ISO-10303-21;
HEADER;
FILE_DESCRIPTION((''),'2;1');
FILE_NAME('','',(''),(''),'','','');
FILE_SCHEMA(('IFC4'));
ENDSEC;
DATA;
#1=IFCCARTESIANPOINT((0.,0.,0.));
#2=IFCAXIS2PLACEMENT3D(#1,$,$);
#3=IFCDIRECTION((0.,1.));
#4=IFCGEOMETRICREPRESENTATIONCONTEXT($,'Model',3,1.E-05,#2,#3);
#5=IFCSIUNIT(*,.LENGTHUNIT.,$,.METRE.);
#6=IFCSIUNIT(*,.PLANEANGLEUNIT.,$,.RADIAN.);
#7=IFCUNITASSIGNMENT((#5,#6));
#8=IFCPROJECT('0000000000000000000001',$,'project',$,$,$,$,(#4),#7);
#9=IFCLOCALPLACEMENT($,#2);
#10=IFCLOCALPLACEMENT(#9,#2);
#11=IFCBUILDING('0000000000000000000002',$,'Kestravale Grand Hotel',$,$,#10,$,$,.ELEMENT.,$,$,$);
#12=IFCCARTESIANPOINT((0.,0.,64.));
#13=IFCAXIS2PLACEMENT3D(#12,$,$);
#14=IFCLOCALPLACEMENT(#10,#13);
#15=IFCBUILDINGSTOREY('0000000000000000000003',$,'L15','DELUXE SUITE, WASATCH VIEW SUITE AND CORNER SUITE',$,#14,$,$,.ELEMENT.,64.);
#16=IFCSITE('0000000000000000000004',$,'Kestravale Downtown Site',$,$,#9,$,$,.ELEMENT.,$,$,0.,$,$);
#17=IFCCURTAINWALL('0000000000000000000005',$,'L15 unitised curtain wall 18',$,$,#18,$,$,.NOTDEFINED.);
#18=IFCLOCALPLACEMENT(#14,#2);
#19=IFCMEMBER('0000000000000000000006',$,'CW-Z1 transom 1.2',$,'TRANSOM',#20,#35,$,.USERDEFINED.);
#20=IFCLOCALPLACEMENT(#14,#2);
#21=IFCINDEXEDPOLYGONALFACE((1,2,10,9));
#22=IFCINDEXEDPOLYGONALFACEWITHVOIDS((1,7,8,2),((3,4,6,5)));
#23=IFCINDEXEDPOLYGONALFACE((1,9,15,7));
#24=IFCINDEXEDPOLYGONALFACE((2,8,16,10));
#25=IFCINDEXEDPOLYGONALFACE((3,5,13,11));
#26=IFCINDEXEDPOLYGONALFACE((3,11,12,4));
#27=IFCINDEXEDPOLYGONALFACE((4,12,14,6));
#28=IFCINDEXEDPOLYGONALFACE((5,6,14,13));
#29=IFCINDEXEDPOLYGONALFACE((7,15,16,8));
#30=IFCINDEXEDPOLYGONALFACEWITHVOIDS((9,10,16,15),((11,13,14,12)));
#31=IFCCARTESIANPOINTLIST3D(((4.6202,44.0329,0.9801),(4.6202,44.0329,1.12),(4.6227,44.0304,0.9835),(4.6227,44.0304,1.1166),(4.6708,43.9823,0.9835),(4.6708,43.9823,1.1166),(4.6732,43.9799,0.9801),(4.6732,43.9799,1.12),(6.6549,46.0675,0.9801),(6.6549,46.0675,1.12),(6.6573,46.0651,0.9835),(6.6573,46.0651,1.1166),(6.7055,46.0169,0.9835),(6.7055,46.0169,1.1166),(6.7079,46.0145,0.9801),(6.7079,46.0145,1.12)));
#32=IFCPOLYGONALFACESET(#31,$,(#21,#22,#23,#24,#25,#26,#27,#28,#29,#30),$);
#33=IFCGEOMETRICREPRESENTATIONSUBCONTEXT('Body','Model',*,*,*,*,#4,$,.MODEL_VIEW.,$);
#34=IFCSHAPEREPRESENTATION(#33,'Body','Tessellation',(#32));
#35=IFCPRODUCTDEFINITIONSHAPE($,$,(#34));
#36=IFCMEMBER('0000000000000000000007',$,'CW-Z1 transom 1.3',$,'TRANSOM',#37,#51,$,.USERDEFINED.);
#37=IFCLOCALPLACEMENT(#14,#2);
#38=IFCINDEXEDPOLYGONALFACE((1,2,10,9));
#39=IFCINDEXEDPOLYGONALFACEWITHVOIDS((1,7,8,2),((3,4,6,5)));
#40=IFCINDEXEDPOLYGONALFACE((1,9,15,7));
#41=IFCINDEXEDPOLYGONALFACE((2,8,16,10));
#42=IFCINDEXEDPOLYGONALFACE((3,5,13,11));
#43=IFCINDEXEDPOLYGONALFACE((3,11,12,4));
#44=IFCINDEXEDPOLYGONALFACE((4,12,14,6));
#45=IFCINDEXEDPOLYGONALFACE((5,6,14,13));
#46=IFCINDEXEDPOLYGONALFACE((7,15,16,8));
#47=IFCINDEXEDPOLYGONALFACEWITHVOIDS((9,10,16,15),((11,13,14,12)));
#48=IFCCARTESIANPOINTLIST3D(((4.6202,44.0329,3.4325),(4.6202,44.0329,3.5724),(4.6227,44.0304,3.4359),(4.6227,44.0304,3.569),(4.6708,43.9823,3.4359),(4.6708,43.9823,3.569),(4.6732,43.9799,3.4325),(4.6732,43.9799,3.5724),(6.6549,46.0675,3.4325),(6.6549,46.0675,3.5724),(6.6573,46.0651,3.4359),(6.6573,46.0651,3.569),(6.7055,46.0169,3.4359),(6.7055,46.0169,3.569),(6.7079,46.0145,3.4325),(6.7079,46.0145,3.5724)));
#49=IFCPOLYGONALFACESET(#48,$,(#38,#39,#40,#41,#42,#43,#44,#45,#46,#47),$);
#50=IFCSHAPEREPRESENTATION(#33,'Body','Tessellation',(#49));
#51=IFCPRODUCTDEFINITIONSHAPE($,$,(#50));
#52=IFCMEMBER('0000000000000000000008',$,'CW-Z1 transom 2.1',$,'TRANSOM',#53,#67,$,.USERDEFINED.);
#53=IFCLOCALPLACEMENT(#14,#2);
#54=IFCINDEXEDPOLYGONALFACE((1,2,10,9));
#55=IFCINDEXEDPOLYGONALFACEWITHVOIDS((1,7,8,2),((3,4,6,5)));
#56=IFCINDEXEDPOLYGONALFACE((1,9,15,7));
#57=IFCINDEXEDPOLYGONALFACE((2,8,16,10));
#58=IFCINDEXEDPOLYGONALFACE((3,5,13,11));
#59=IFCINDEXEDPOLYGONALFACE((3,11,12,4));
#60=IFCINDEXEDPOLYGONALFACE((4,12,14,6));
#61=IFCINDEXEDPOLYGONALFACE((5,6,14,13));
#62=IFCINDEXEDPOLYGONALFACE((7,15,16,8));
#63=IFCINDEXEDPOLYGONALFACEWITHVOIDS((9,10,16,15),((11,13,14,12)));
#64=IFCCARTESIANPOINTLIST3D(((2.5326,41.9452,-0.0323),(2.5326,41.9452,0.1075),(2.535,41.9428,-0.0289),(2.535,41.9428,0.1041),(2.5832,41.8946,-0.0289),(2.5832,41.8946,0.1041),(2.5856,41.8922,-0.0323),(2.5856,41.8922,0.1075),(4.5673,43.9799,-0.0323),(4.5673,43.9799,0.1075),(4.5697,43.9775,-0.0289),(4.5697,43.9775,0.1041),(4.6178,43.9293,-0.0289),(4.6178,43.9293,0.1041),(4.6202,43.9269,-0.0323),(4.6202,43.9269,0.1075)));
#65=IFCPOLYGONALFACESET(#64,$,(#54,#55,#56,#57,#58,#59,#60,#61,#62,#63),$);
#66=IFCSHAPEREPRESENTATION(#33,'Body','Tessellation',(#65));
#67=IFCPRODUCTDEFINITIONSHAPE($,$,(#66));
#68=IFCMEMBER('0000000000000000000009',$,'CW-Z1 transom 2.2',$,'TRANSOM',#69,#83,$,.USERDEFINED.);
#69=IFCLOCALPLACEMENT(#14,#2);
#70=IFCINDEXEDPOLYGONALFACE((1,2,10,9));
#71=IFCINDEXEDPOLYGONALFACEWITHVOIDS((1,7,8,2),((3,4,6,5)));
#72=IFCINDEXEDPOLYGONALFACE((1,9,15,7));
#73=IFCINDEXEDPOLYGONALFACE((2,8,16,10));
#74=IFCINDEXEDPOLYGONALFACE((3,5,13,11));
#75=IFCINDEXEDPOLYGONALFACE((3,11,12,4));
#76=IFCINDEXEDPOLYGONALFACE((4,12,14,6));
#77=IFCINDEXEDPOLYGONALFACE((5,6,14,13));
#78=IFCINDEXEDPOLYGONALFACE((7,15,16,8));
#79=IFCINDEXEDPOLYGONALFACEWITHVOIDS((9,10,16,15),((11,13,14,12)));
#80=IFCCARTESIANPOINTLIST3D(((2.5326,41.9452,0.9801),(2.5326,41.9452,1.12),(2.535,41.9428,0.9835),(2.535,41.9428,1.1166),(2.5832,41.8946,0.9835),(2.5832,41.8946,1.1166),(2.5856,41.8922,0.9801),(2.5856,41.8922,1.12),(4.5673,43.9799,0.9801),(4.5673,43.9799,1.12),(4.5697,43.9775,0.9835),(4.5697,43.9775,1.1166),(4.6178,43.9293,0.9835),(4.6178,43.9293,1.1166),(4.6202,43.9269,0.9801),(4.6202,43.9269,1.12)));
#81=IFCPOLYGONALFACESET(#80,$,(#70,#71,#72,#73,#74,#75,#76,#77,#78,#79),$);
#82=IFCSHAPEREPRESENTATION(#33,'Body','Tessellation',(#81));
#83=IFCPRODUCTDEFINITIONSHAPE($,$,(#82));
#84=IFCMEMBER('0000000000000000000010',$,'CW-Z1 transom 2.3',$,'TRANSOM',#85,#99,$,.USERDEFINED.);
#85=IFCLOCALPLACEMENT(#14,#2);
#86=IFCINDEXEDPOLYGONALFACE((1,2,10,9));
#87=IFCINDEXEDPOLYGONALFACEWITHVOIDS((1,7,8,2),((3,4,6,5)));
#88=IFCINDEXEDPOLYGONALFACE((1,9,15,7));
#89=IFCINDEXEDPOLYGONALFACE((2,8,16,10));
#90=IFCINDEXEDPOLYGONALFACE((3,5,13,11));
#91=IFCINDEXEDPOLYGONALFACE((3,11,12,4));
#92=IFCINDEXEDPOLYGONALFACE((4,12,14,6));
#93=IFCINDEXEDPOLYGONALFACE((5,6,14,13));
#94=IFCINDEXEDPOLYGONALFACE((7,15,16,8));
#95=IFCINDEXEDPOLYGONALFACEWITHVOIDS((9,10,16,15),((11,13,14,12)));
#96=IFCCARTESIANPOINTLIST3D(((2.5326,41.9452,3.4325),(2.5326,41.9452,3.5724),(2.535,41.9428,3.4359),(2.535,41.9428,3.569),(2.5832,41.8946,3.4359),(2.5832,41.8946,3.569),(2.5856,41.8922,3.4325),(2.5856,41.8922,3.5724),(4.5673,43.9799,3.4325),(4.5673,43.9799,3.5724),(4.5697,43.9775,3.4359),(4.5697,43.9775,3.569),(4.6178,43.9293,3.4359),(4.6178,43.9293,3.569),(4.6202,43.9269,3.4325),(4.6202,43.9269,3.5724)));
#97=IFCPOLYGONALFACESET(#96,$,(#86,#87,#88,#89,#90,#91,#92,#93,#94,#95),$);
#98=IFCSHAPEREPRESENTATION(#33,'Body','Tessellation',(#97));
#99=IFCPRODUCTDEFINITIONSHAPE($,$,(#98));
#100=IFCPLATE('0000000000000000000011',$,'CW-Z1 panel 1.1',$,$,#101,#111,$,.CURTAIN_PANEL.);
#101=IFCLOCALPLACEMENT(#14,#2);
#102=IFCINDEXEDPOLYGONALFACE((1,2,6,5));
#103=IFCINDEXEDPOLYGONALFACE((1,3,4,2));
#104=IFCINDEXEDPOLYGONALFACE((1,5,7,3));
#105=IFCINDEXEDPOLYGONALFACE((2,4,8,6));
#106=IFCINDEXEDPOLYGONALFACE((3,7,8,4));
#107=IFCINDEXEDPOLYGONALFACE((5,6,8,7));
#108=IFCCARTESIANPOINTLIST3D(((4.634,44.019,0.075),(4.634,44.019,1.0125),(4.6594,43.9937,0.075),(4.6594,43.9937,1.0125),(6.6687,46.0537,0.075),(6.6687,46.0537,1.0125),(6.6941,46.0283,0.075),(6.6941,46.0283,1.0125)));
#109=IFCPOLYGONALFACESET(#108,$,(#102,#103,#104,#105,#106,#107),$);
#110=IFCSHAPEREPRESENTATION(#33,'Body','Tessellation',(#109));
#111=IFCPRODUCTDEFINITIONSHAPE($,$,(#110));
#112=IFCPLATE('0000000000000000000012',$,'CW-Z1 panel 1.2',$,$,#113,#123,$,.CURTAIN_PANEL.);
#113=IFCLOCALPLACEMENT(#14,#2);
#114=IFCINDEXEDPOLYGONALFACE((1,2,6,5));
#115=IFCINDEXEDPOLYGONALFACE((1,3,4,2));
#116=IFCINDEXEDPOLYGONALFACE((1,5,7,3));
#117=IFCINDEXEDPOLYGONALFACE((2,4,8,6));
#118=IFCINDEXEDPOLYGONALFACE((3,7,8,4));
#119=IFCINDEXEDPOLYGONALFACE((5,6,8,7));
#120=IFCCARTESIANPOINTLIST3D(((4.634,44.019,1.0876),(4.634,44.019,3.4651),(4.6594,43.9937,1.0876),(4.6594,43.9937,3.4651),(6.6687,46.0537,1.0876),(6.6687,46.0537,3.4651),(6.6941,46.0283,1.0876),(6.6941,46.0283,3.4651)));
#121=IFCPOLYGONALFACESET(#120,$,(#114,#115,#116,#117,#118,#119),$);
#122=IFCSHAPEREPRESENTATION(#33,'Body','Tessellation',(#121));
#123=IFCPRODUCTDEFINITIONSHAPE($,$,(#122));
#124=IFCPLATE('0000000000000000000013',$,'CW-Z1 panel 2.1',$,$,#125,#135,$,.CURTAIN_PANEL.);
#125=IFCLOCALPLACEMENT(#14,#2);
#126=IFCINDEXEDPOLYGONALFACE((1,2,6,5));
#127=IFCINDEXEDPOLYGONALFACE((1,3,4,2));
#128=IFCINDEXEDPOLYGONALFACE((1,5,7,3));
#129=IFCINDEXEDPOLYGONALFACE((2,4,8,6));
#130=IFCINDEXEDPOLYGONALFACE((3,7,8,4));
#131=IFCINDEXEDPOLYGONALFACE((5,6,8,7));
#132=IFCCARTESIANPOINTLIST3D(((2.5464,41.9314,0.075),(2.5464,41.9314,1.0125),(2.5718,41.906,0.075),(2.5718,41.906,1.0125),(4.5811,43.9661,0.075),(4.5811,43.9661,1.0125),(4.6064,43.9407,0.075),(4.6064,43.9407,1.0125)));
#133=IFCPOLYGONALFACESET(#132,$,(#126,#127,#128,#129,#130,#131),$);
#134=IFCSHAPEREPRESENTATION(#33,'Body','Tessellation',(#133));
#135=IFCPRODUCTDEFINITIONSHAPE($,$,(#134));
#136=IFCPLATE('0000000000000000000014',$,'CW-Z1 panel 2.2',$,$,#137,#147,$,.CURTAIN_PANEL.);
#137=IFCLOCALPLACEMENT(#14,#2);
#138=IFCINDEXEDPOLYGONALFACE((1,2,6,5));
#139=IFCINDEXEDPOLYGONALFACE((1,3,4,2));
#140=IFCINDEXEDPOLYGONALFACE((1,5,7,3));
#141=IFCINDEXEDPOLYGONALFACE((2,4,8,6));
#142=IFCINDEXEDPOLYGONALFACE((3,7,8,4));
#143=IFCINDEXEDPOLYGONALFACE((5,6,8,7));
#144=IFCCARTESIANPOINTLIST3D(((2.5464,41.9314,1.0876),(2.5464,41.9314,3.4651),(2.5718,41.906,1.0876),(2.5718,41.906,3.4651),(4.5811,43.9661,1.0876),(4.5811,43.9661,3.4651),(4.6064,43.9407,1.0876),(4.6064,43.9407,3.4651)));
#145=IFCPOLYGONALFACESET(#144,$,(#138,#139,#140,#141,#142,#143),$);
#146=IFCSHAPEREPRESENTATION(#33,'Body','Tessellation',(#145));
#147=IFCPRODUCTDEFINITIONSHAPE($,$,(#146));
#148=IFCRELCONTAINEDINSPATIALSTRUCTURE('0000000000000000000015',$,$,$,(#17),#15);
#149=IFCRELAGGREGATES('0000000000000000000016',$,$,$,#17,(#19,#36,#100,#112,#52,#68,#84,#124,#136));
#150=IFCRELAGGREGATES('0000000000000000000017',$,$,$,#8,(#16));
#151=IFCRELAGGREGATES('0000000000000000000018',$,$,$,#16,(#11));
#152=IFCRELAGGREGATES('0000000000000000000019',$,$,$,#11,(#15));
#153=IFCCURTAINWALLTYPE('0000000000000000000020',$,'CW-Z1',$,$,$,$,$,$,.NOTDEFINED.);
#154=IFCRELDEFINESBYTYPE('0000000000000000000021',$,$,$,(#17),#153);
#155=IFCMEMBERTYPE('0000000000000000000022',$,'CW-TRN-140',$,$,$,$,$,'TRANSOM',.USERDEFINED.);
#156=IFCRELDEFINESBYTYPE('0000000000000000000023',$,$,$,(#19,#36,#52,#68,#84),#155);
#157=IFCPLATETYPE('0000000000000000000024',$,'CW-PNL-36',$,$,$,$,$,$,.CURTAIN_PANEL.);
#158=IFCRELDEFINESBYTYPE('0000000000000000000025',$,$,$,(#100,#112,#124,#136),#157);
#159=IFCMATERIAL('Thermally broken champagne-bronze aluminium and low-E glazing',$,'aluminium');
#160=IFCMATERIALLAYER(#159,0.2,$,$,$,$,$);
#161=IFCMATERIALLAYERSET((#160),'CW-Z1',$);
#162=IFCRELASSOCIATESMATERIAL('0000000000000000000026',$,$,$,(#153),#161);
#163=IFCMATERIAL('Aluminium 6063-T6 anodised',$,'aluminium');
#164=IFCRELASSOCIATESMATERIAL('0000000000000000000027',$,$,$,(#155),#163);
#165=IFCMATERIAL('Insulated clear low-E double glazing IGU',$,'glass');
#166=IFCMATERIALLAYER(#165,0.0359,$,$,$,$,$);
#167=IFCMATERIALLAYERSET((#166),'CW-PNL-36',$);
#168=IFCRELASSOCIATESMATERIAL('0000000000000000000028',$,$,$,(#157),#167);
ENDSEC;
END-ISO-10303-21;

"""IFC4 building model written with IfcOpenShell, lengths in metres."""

from ifc_helpers import new_model, si_unit, direction, frame, origin, origin_2d, place, context, subcontext, project, spatial, rectangle, hollow_rectangle, extrude, material, layer, layer_set, material_profile, profile_set, type_object, element, aggregate, save


model = new_model("IFC4")

# Units and contexts
model_context = context("Model", 3, precision=1e-05, world=origin(), true_north=direction((0.0, 1.0)))
body_context = subcontext(model_context, "Body", "Model", "MODEL_VIEW")
ifc_project = project(units=[si_unit("LENGTHUNIT", "METRE"), si_unit("PLANEANGLEUNIT", "RADIAN")], contexts=[model_context])

# Site, building, storey
site_placement = place(None, origin())
site = spatial("IfcSite", under=ifc_project, at=site_placement, Name="Kestravale Downtown Site", CompositionType="ELEMENT", RefElevation=0.0)
building_placement = place(site_placement, origin())
building = spatial("IfcBuilding", under=site, at=building_placement, Name="Kestravale Grand Hotel", CompositionType="ELEMENT")
storey_placement = place(building_placement, frame((0.0, 0.0, 64.0)))
storey = spatial("IfcBuildingStorey", under=building, at=storey_placement, Name="L15", Description="DELUXE SUITE, WASATCH VIEW SUITE AND CORNER SUITE", CompositionType="ELEMENT", Elevation=64.0)

# Curtain wall, members, plates
ifc_material_1 = material(Name="Thermally broken champagne-bronze aluminium and low-E glazing", Category="aluminium")
ifc_layer_1 = layer(ifc_material_1, 0.2)
ifc_layer_set_1 = layer_set([ifc_layer_1], Name="CW-Z1")
curtain_wall_type = type_object("IfcCurtainWallType", Name="CW-Z1", PredefinedType="NOTDEFINED", material=ifc_layer_set_1)
curtain_wall_placement = place(storey_placement, origin())
curtain_wall = element("IfcCurtainWall", 1, at=curtain_wall_placement, inside=storey, type_object=curtain_wall_type, Name="L15 unitised curtain wall 18", PredefinedType="NOTDEFINED")
ifc_material_2 = material(Name="Aluminium 6063-T6 anodised", Category="aluminium")
ifc_material_profile_1 = material_profile(ifc_material_2, hollow_rectangle(XDim=0.075, YDim=0.1399, WallThickness=0.0034, at=origin_2d()))
ifc_profile_set_1 = profile_set([ifc_material_profile_1], Name="Aluminium 6063-T6 anodised")
member_type_1 = type_object("IfcMemberType", Name="CW-TRN-140", ElementType="TRANSOM", PredefinedType="USERDEFINED", material=ifc_profile_set_1)
member_1_placement = place(storey_placement, frame((6.6814, 46.041, 1.05), z_axis=(-0.707107, -0.707107, 0.0), x_axis=(0.707107, -0.707107, 0.0)))
member_1 = element("IfcMember", 2, at=member_1_placement, type_object=member_type_1, Name="CW-Z1 transom 1.2", ObjectType="TRANSOM", PredefinedType="USERDEFINED", context=body_context, shape_type="SweptSolid", body=[
    extrude(hollow_rectangle(XDim=0.075, YDim=0.1399, WallThickness=0.0034, at=origin_2d()), origin(), (0.0, 0.0, 1.0), 2.8774),
])
member_2_placement = place(storey_placement, frame((6.6814, 46.041, 3.5024), z_axis=(-0.707107, -0.707107, 0.0), x_axis=(0.707107, -0.707107, 0.0)))
member_2 = element("IfcMember", 3, at=member_2_placement, type_object=member_type_1, Name="CW-Z1 transom 1.3", ObjectType="TRANSOM", PredefinedType="USERDEFINED", context=body_context, shape_type="SweptSolid", body=[
    extrude(hollow_rectangle(XDim=0.075, YDim=0.1399, WallThickness=0.0034, at=origin_2d()), origin(), (0.0, 0.0, 1.0), 2.8774),
])
member_3_placement = place(storey_placement, frame((4.5938, 43.9534, 0.0376), z_axis=(-0.707107, -0.707107, 0.0), x_axis=(0.707107, -0.707107, 0.0)))
member_3 = element("IfcMember", 4, at=member_3_placement, type_object=member_type_1, Name="CW-Z1 transom 2.1", ObjectType="TRANSOM", PredefinedType="USERDEFINED", context=body_context, shape_type="SweptSolid", body=[
    extrude(hollow_rectangle(XDim=0.075, YDim=0.1399, WallThickness=0.0034, at=origin_2d()), origin(), (0.0, 0.0, 1.0), 2.8774),
])
member_4_placement = place(storey_placement, frame((4.5938, 43.9534, 1.05), z_axis=(-0.707107, -0.707107, 0.0), x_axis=(0.707107, -0.707107, 0.0)))
member_4 = element("IfcMember", 5, at=member_4_placement, type_object=member_type_1, Name="CW-Z1 transom 2.2", ObjectType="TRANSOM", PredefinedType="USERDEFINED", context=body_context, shape_type="SweptSolid", body=[
    extrude(hollow_rectangle(XDim=0.075, YDim=0.1399, WallThickness=0.0034, at=origin_2d()), origin(), (0.0, 0.0, 1.0), 2.8774),
])
member_5_placement = place(storey_placement, frame((4.5938, 43.9534, 3.5024), z_axis=(-0.707107, -0.707107, 0.0), x_axis=(0.707107, -0.707107, 0.0)))
member_5 = element("IfcMember", 6, at=member_5_placement, type_object=member_type_1, Name="CW-Z1 transom 2.3", ObjectType="TRANSOM", PredefinedType="USERDEFINED", context=body_context, shape_type="SweptSolid", body=[
    extrude(hollow_rectangle(XDim=0.075, YDim=0.1399, WallThickness=0.0034, at=origin_2d()), origin(), (0.0, 0.0, 1.0), 2.8774),
])
ifc_material_3 = material(Name="Insulated clear low-E double glazing IGU", Category="glass")
ifc_layer_2 = layer(ifc_material_3, 0.0359)
ifc_layer_set_2 = layer_set([ifc_layer_2], Name="CW-PNL-36")
plate_type = type_object("IfcPlateType", Name="CW-PNL-36", PredefinedType="CURTAIN_PANEL", material=ifc_layer_set_2)
plate_1_placement = place(storey_placement, frame((5.6641, 45.0237, 0.075), z_axis=(0.0, 0.0, 1.0), x_axis=(-0.707107, -0.707107, 0.0)))
plate_1 = element("IfcPlate", 7, at=plate_1_placement, type_object=plate_type, Name="CW-Z1 panel 1.1", PredefinedType="CURTAIN_PANEL", context=body_context, shape_type="SweptSolid", body=[
    extrude(rectangle(XDim=2.8774, YDim=0.0359, at=origin_2d()), origin(), (0.0, 0.0, 1.0), 0.9375),
])
plate_2_placement = place(storey_placement, frame((5.6641, 45.0237, 1.0876), z_axis=(0.0, 0.0, 1.0), x_axis=(-0.707107, -0.707107, 0.0)))
plate_2 = element("IfcPlate", 8, at=plate_2_placement, type_object=plate_type, Name="CW-Z1 panel 1.2", PredefinedType="CURTAIN_PANEL", context=body_context, shape_type="SweptSolid", body=[
    extrude(rectangle(XDim=2.8774, YDim=0.0359, at=origin_2d()), origin(), (0.0, 0.0, 1.0), 2.3774),
])
plate_3_placement = place(storey_placement, frame((3.5764, 42.936, 0.075), z_axis=(0.0, 0.0, 1.0), x_axis=(-0.707107, -0.707107, 0.0)))
plate_3 = element("IfcPlate", 9, at=plate_3_placement, type_object=plate_type, Name="CW-Z1 panel 2.1", PredefinedType="CURTAIN_PANEL", context=body_context, shape_type="SweptSolid", body=[
    extrude(rectangle(XDim=2.8774, YDim=0.0359, at=origin_2d()), origin(), (0.0, 0.0, 1.0), 0.9375),
])
plate_4_placement = place(storey_placement, frame((3.5764, 42.936, 1.0876), z_axis=(0.0, 0.0, 1.0), x_axis=(-0.707107, -0.707107, 0.0)))
plate_4 = element("IfcPlate", 10, at=plate_4_placement, type_object=plate_type, Name="CW-Z1 panel 2.2", PredefinedType="CURTAIN_PANEL", context=body_context, shape_type="SweptSolid", body=[
    extrude(rectangle(XDim=2.8774, YDim=0.0359, at=origin_2d()), origin(), (0.0, 0.0, 1.0), 2.3774),
])
aggregate(curtain_wall, [member_1, member_2, plate_1, plate_2, member_3, member_4, member_5, plate_3, plate_4])

save(model, "model.ifc")
